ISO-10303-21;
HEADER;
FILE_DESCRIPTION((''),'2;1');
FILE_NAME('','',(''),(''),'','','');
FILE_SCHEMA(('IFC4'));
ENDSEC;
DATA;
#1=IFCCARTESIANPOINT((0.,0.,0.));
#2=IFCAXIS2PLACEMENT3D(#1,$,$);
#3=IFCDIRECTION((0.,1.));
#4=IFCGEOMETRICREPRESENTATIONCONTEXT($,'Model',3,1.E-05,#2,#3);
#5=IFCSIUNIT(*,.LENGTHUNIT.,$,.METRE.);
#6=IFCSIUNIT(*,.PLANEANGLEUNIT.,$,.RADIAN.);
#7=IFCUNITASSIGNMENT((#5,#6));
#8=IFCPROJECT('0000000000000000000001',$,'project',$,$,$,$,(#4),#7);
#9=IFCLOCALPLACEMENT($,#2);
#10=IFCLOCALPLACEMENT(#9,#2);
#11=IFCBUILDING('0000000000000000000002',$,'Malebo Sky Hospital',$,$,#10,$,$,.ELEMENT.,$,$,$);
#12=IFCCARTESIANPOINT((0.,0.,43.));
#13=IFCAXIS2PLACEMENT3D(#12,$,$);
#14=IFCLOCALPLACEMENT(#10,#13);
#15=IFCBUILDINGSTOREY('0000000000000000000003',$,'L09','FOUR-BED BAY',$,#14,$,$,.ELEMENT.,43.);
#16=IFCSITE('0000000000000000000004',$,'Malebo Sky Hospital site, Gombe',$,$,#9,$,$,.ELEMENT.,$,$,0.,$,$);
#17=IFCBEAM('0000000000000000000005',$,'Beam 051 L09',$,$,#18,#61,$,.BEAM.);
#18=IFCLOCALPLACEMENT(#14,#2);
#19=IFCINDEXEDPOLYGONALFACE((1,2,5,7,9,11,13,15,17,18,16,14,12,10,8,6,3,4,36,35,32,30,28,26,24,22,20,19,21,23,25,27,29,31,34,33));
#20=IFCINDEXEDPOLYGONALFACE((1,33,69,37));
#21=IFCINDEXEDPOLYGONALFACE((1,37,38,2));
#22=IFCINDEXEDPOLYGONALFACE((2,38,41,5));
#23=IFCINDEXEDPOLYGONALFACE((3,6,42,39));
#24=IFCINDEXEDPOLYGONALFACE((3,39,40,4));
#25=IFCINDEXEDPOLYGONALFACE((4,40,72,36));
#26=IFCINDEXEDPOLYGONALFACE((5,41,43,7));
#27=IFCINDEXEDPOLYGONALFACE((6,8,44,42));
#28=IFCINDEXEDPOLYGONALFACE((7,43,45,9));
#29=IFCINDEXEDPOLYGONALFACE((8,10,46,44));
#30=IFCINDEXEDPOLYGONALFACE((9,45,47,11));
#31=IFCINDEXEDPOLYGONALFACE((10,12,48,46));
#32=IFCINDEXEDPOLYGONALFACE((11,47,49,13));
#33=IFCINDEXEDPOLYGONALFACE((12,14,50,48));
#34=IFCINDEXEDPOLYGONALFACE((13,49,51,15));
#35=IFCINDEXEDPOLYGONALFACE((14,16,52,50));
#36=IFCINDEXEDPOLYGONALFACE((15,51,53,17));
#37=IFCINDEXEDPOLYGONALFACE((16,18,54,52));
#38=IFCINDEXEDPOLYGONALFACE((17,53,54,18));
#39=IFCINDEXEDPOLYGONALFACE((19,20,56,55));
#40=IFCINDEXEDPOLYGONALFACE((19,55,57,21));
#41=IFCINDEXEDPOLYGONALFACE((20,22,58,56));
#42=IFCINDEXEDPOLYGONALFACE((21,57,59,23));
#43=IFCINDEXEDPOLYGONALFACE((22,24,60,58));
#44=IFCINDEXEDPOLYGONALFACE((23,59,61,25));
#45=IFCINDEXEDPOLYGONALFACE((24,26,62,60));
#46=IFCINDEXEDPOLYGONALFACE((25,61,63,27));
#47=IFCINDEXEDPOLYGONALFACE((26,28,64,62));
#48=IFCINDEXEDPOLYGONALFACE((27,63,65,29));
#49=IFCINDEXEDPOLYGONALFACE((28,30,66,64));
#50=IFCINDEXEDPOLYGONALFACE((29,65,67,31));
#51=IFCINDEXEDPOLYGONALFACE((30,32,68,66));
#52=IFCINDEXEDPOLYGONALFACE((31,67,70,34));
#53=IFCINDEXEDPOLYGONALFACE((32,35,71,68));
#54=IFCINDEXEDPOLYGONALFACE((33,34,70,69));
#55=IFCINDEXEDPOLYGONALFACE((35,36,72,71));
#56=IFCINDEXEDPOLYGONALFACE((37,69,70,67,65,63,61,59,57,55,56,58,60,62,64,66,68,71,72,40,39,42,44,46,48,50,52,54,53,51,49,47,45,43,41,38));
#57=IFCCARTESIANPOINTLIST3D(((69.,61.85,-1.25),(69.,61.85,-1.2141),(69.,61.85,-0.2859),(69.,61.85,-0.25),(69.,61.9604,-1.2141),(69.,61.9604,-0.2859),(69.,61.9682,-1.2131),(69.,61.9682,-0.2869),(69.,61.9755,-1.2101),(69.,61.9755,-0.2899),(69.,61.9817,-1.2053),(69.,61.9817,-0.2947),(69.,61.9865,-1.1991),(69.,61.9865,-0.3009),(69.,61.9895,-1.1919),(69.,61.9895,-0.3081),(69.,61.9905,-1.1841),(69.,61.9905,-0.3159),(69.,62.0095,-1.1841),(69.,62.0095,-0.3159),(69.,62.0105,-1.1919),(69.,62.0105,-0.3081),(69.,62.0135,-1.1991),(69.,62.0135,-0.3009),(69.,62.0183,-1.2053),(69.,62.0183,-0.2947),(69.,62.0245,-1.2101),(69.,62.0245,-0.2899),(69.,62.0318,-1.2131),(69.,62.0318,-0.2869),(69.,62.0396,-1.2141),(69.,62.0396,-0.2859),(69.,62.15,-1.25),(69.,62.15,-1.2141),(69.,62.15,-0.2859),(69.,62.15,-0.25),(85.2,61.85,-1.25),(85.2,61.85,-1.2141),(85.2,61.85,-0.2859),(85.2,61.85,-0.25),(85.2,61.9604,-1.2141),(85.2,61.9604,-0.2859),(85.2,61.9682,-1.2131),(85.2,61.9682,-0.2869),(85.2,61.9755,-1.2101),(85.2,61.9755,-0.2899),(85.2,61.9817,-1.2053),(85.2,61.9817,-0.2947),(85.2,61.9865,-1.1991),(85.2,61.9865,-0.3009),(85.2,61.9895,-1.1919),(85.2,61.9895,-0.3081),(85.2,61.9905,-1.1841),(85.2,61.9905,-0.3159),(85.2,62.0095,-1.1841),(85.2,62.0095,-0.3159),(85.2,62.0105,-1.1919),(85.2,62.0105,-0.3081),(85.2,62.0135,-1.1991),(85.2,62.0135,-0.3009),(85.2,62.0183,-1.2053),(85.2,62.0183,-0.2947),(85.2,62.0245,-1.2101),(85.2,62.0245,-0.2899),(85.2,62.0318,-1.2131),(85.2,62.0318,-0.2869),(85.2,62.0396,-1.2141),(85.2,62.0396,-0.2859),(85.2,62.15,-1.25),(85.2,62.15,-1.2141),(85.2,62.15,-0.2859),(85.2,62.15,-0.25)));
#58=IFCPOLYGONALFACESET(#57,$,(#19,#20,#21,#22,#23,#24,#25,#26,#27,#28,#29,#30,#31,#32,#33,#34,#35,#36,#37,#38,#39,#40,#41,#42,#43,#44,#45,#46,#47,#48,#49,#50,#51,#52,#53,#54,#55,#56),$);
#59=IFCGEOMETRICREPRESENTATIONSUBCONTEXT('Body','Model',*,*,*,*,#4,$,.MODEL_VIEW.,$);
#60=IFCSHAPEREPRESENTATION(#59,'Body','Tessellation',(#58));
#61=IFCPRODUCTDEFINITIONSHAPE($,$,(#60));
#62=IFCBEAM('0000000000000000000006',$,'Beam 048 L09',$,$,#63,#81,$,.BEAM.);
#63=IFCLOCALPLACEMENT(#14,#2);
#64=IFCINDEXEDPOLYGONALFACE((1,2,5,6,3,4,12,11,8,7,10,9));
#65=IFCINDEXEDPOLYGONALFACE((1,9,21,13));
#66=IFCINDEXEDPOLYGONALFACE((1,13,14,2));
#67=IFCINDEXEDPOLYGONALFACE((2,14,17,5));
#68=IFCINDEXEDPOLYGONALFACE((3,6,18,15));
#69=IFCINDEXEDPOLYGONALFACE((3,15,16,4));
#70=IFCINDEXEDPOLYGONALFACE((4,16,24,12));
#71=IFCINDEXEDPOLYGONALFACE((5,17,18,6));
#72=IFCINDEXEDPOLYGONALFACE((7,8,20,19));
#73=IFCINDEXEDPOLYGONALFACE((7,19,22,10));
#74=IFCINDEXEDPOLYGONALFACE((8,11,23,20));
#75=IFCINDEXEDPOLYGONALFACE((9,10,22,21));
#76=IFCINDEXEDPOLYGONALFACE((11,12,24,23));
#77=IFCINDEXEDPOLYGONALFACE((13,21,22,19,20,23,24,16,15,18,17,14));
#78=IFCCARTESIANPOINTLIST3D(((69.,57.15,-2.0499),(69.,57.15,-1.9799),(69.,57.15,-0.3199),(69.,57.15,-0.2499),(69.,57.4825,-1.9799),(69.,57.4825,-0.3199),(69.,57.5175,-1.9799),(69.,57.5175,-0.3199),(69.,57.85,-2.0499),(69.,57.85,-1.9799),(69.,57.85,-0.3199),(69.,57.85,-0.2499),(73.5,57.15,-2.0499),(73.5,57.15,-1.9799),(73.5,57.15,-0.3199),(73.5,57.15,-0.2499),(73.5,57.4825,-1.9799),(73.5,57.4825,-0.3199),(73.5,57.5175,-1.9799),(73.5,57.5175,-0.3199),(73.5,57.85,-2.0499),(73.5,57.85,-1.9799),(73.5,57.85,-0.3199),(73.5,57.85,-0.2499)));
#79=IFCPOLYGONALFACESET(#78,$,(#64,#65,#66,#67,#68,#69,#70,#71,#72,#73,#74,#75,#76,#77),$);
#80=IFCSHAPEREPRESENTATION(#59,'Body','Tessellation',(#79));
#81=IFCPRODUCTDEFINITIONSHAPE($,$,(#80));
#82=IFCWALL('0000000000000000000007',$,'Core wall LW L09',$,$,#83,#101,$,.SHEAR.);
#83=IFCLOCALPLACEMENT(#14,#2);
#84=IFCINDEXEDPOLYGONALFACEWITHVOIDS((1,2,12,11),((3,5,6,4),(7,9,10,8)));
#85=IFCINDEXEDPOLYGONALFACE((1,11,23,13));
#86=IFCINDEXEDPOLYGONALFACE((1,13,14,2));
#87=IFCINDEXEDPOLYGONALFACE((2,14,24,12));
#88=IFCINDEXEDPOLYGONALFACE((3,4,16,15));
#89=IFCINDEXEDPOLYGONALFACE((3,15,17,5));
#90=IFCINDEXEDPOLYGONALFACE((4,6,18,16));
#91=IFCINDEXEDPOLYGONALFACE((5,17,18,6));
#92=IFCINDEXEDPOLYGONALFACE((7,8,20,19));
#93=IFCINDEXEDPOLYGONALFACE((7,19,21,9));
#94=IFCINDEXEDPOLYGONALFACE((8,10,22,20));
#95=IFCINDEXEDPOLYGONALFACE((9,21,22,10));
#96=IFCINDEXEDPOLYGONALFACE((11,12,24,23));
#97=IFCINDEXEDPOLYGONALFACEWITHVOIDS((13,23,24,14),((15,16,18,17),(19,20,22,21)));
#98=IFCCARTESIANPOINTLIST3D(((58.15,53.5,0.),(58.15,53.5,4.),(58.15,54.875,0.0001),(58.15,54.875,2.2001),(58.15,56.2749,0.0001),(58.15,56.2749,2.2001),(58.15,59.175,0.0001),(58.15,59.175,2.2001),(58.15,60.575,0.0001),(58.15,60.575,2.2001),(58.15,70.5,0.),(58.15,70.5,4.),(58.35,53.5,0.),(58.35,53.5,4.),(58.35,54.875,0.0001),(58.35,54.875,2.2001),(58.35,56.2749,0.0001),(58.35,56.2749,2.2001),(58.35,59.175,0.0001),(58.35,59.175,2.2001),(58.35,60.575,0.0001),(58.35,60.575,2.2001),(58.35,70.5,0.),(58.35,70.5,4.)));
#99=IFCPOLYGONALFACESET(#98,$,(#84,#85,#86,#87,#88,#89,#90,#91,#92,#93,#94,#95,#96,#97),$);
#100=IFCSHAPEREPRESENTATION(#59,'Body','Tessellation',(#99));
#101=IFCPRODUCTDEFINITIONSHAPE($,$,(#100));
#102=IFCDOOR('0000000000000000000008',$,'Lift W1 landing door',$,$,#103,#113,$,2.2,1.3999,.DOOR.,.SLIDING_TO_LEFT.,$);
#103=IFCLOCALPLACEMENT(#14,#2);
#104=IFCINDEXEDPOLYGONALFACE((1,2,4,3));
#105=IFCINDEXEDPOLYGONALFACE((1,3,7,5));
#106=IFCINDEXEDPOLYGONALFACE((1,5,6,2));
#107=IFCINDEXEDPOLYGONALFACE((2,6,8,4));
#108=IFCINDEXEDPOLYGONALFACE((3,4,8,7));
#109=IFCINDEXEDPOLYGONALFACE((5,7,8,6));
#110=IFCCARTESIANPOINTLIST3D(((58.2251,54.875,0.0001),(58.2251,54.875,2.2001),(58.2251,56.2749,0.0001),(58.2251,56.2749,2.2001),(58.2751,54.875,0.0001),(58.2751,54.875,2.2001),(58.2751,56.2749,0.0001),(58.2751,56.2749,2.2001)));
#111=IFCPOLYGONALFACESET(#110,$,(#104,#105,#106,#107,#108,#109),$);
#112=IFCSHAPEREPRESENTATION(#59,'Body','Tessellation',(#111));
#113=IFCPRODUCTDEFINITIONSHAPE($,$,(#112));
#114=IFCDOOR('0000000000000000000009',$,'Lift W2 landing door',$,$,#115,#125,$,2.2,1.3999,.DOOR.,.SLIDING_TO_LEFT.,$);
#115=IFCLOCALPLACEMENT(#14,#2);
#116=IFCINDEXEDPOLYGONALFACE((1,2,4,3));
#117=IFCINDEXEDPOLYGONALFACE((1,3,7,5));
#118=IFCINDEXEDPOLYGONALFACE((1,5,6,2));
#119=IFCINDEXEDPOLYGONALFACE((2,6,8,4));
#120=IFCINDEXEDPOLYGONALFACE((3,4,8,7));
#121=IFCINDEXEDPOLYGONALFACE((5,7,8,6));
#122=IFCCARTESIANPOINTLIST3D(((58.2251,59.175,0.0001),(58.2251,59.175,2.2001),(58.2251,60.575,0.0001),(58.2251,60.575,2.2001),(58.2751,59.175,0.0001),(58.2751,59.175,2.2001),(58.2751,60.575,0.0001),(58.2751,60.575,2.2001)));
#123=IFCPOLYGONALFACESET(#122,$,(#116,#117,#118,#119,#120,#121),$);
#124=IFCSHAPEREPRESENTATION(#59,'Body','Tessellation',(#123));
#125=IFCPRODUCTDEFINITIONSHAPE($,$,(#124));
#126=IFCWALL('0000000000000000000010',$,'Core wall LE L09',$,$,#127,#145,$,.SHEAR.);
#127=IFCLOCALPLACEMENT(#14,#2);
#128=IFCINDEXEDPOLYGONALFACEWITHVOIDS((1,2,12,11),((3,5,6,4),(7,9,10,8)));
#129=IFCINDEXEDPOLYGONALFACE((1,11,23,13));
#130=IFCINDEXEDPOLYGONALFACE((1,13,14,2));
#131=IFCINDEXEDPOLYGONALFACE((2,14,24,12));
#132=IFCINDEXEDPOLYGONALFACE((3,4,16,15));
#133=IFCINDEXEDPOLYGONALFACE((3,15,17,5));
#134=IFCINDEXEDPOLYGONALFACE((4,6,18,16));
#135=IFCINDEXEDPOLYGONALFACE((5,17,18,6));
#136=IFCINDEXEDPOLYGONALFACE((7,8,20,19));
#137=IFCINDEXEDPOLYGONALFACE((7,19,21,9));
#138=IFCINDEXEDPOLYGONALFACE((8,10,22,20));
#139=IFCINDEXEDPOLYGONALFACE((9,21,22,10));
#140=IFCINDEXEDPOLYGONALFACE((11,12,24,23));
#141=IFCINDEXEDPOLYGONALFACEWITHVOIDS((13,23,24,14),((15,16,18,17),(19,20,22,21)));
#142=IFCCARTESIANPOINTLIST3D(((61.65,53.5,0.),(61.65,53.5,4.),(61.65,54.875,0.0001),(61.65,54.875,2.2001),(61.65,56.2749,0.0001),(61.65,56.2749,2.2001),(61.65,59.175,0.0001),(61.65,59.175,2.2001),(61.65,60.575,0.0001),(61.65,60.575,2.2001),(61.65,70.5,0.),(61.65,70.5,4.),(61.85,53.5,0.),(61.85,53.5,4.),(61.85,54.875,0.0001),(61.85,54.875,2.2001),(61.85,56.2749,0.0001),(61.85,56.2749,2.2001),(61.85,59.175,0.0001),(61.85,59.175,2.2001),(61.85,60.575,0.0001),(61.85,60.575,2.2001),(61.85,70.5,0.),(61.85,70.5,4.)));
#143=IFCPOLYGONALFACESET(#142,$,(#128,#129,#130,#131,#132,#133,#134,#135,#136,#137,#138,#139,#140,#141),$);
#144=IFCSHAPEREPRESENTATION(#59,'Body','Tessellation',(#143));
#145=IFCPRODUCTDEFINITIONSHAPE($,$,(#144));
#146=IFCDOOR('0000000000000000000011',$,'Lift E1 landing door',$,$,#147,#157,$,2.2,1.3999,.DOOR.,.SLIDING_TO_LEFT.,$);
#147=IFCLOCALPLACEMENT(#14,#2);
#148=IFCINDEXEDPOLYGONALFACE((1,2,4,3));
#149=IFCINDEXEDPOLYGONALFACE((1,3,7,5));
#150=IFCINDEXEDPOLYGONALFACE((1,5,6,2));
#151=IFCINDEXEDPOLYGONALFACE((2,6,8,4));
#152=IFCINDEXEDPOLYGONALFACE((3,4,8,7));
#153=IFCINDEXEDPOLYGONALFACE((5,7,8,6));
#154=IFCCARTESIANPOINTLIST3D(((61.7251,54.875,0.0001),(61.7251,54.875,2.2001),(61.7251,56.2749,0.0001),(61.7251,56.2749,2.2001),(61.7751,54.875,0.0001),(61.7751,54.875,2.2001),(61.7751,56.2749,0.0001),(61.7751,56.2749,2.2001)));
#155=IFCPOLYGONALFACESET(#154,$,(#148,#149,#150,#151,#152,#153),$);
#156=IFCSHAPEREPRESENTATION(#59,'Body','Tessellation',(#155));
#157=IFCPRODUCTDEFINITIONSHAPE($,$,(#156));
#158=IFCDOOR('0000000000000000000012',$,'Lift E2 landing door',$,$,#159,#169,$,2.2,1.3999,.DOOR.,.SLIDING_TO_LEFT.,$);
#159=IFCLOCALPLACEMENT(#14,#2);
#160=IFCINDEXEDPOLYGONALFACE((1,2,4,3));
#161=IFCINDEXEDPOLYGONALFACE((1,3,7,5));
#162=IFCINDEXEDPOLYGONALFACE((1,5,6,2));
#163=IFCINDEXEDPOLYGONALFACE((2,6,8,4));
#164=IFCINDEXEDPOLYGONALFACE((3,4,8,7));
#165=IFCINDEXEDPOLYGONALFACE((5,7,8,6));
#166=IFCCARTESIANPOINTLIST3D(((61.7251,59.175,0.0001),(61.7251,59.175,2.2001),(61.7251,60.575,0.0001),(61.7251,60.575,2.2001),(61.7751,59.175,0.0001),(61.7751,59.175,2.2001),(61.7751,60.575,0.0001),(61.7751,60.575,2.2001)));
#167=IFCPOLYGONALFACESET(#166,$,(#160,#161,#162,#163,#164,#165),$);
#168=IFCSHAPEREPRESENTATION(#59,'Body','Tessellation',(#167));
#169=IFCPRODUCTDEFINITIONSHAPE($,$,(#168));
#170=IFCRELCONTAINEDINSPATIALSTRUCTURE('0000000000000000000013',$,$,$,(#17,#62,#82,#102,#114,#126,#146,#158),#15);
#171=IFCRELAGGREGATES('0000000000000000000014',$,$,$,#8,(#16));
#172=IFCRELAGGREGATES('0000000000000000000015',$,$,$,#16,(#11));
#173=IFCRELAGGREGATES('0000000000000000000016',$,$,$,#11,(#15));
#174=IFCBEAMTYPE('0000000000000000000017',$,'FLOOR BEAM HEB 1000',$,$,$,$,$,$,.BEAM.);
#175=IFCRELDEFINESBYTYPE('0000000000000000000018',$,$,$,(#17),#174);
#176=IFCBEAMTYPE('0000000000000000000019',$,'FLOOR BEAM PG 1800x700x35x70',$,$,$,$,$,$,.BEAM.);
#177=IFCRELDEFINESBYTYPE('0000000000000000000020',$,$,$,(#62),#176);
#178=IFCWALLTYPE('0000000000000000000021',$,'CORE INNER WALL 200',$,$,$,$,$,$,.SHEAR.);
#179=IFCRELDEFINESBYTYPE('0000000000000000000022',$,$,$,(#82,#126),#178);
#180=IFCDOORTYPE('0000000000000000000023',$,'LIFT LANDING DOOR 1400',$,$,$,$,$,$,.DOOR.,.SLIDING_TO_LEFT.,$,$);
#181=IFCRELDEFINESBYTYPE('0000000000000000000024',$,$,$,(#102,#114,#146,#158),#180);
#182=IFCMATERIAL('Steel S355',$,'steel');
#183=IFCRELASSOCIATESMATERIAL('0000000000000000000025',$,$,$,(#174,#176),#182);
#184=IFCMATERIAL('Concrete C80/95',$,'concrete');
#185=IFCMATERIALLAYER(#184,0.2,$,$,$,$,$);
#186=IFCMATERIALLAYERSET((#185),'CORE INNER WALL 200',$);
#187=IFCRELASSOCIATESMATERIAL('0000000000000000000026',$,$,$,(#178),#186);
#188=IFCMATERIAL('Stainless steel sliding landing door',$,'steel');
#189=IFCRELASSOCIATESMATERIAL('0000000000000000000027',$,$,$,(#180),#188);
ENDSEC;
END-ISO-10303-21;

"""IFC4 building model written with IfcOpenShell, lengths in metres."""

from ifc_helpers import new_model, si_unit, direction, frame, frame_2d, origin, origin_2d, place, context, subcontext, project, spatial, rectangle, i_section, extrude, material, layer, layer_set, material_profile, profile_set, type_object, element, fill, save


model = new_model("IFC4")

# Units and contexts
model_context = context("Model", 3, precision=1e-05, world=origin(), true_north=direction((0.0, 1.0)))
body_context = subcontext(model_context, "Body", "Model", "MODEL_VIEW")
ifc_project = project(units=[si_unit("LENGTHUNIT", "METRE"), si_unit("PLANEANGLEUNIT", "RADIAN")], contexts=[model_context])

# Site, building, storey
site_placement = place(None, origin())
site = spatial("IfcSite", under=ifc_project, at=site_placement, Name="Malebo Sky Hospital site, Gombe", CompositionType="ELEMENT", RefElevation=0.0)
building_placement = place(site_placement, origin())
building = spatial("IfcBuilding", under=site, at=building_placement, Name="Malebo Sky Hospital", CompositionType="ELEMENT")
storey_placement = place(building_placement, frame((0.0, 0.0, 43.0)))
storey = spatial("IfcBuildingStorey", under=building, at=storey_placement, Name="L09", Description="FOUR-BED BAY", CompositionType="ELEMENT", Elevation=43.0)

# Beams
ifc_material_1 = material(Name="Steel S355", Category="steel")
ifc_material_profile_1 = material_profile(ifc_material_1, i_section(OverallWidth=0.3, OverallDepth=1.0, WebThickness=0.019, FlangeThickness=0.0359, FilletRadius=0.03, at=origin_2d()), Name="HEB 1000")
ifc_profile_set_1 = profile_set([ifc_material_profile_1], Name="Steel S355")
beam_type_1 = type_object("IfcBeamType", Name="FLOOR BEAM HEB 1000", PredefinedType="BEAM", material=ifc_profile_set_1)
beam_1_placement = place(storey_placement, frame((69.0, 62.0, -0.75), z_axis=(1.0, 0.0, 0.0), x_axis=(0.0, 1.0, 0.0)))
element("IfcBeam", 1, at=beam_1_placement, inside=storey, type_object=beam_type_1, Name="Beam 051 L09", PredefinedType="BEAM", context=body_context, shape_type="SweptSolid", body=[
    extrude(i_section(OverallWidth=0.3, OverallDepth=1.0, WebThickness=0.019, FlangeThickness=0.0359, FilletRadius=0.03, at=origin_2d()), origin(), (0.0, 0.0, 1.0), 16.2),
])
ifc_material_profile_2 = material_profile(ifc_material_1, i_section(OverallWidth=0.7, OverallDepth=1.8, WebThickness=0.0349, FlangeThickness=0.0701, at=origin_2d()), Name="PG 1800x700x35x70")
ifc_profile_set_2 = profile_set([ifc_material_profile_2], Name="Steel S355")
beam_type_2 = type_object("IfcBeamType", Name="FLOOR BEAM PG 1800x700x35x70", PredefinedType="BEAM", material=ifc_profile_set_2)
beam_2_placement = place(storey_placement, frame((69.0, 57.5, -1.1499), z_axis=(1.0, 0.0, 0.0), x_axis=(0.0, 1.0, 0.0)))
element("IfcBeam", 2, at=beam_2_placement, inside=storey, type_object=beam_type_2, Name="Beam 048 L09", PredefinedType="BEAM", context=body_context, shape_type="SweptSolid", body=[
    extrude(i_section(OverallWidth=0.7, OverallDepth=1.8, WebThickness=0.0349, FlangeThickness=0.0701, at=origin_2d()), origin(), (0.0, 0.0, 1.0), 4.5),
])

# Walls, openings, doors
ifc_material_2 = material(Name="Concrete C80/95", Category="concrete")
ifc_layer_1 = layer(ifc_material_2, 0.2)
ifc_layer_set_1 = layer_set([ifc_layer_1], Name="CORE INNER WALL 200")
wall_type_1 = type_object("IfcWallType", Name="CORE INNER WALL 200", PredefinedType="SHEAR", material=ifc_layer_set_1)
wall_1_placement = place(storey_placement, frame((58.25, 53.5, 0.0), z_axis=(0.0, 0.0, 1.0), x_axis=(0.0, 1.0, 0.0)))
wall_1 = element("IfcWall", 3, at=wall_1_placement, inside=storey, type_object=wall_type_1, Name="Core wall LW L09", PredefinedType="SHEAR", context=body_context, shape_type="SweptSolid", body=[
    extrude(rectangle(XDim=17.0, YDim=0.2, at=frame_2d((8.5, 0.0))), origin(), (0.0, 0.0, 1.0), 4.0),
])
opening_1_placement = place(wall_1_placement, frame((1.375, 0.0, 0.0)))
opening_1 = element("IfcOpeningElement", 4, at=opening_1_placement, cuts=wall_1, PredefinedType="OPENING", context=body_context, shape_type="SweptSolid", body=[
    extrude(rectangle(XDim=1.3999, YDim=2.2, at=frame_2d((0.7, 1.1001))), frame((0.0, 0.1099, 0.0), z_axis=(0.0, -1.0, 0.0), x_axis=(1.0, 0.0, 0.0)), (0.0, 0.0, 1.0), 0.22),
])
opening_2_placement = place(wall_1_placement, frame((5.675, 0.0, 0.0)))
opening_2 = element("IfcOpeningElement", 5, at=opening_2_placement, cuts=wall_1, PredefinedType="OPENING", context=body_context, shape_type="SweptSolid", body=[
    extrude(rectangle(XDim=1.3999, YDim=2.2, at=frame_2d((0.7, 1.1001))), frame((0.0, 0.1099, 0.0), z_axis=(0.0, -1.0, 0.0), x_axis=(1.0, 0.0, 0.0)), (0.0, 0.0, 1.0), 0.22),
])
ifc_material_3 = material(Name="Stainless steel sliding landing door", Category="steel")
door_type_1 = type_object("IfcDoorType", Name="LIFT LANDING DOOR 1400", OperationType="SLIDING_TO_LEFT", PredefinedType="DOOR", material=ifc_material_3)
door_1_placement = place(opening_1_placement, origin())
door_1 = element("IfcDoor", 6, at=door_1_placement, inside=storey, type_object=door_type_1, Name="Lift W1 landing door", OperationType="SLIDING_TO_LEFT", OverallHeight=2.2, OverallWidth=1.3999, PredefinedType="DOOR", context=body_context, shape_type="SweptSolid", body=[
    extrude(rectangle(XDim=1.3999, YDim=2.2, at=frame_2d((0.7, 1.1001))), frame((0.0, 0.0249, 0.0), z_axis=(0.0, -1.0, 0.0), x_axis=(1.0, 0.0, 0.0)), (0.0, 0.0, 1.0), 0.05),
])
fill(opening_1, door_1)
door_2_placement = place(opening_2_placement, origin())
door_2 = element("IfcDoor", 7, at=door_2_placement, inside=storey, type_object=door_type_1, Name="Lift W2 landing door", OperationType="SLIDING_TO_LEFT", OverallHeight=2.2, OverallWidth=1.3999, PredefinedType="DOOR", context=body_context, shape_type="SweptSolid", body=[
    extrude(rectangle(XDim=1.3999, YDim=2.2, at=frame_2d((0.7, 1.1001))), frame((0.0, 0.0249, 0.0), z_axis=(0.0, -1.0, 0.0), x_axis=(1.0, 0.0, 0.0)), (0.0, 0.0, 1.0), 0.05),
])
fill(opening_2, door_2)
wall_2_placement = place(storey_placement, frame((61.75, 53.5, 0.0), z_axis=(0.0, 0.0, 1.0), x_axis=(0.0, 1.0, 0.0)))
wall_2 = element("IfcWall", 8, at=wall_2_placement, inside=storey, type_object=wall_type_1, Name="Core wall LE L09", PredefinedType="SHEAR", context=body_context, shape_type="SweptSolid", body=[
    extrude(rectangle(XDim=17.0, YDim=0.2, at=frame_2d((8.5, 0.0))), origin(), (0.0, 0.0, 1.0), 4.0),
])
opening_3_placement = place(wall_2_placement, frame((1.375, 0.0, 0.0)))
opening_3 = element("IfcOpeningElement", 9, at=opening_3_placement, cuts=wall_2, PredefinedType="OPENING", context=body_context, shape_type="SweptSolid", body=[
    extrude(rectangle(XDim=1.3999, YDim=2.2, at=frame_2d((0.7, 1.1001))), frame((0.0, 0.1099, 0.0), z_axis=(0.0, -1.0, 0.0), x_axis=(1.0, 0.0, 0.0)), (0.0, 0.0, 1.0), 0.22),
])
opening_4_placement = place(wall_2_placement, frame((5.675, 0.0, 0.0)))
opening_4 = element("IfcOpeningElement", 10, at=opening_4_placement, cuts=wall_2, PredefinedType="OPENING", context=body_context, shape_type="SweptSolid", body=[
    extrude(rectangle(XDim=1.3999, YDim=2.2, at=frame_2d((0.7, 1.1001))), frame((0.0, 0.1099, 0.0), z_axis=(0.0, -1.0, 0.0), x_axis=(1.0, 0.0, 0.0)), (0.0, 0.0, 1.0), 0.22),
])
door_3_placement = place(opening_3_placement, origin())
door_3 = element("IfcDoor", 11, at=door_3_placement, inside=storey, type_object=door_type_1, Name="Lift E1 landing door", OperationType="SLIDING_TO_LEFT", OverallHeight=2.2, OverallWidth=1.3999, PredefinedType="DOOR", context=body_context, shape_type="SweptSolid", body=[
    extrude(rectangle(XDim=1.3999, YDim=2.2, at=frame_2d((0.7, 1.1001))), frame((0.0, 0.0249, 0.0), z_axis=(0.0, -1.0, 0.0), x_axis=(1.0, 0.0, 0.0)), (0.0, 0.0, 1.0), 0.05),
])
fill(opening_3, door_3)
door_4_placement = place(opening_4_placement, origin())
door_4 = element("IfcDoor", 12, at=door_4_placement, inside=storey, type_object=door_type_1, Name="Lift E2 landing door", OperationType="SLIDING_TO_LEFT", OverallHeight=2.2, OverallWidth=1.3999, PredefinedType="DOOR", context=body_context, shape_type="SweptSolid", body=[
    extrude(rectangle(XDim=1.3999, YDim=2.2, at=frame_2d((0.7, 1.1001))), frame((0.0, 0.0249, 0.0), z_axis=(0.0, -1.0, 0.0), x_axis=(1.0, 0.0, 0.0)), (0.0, 0.0, 1.0), 0.05),
])
fill(opening_4, door_4)

save(model, "model.ifc")
